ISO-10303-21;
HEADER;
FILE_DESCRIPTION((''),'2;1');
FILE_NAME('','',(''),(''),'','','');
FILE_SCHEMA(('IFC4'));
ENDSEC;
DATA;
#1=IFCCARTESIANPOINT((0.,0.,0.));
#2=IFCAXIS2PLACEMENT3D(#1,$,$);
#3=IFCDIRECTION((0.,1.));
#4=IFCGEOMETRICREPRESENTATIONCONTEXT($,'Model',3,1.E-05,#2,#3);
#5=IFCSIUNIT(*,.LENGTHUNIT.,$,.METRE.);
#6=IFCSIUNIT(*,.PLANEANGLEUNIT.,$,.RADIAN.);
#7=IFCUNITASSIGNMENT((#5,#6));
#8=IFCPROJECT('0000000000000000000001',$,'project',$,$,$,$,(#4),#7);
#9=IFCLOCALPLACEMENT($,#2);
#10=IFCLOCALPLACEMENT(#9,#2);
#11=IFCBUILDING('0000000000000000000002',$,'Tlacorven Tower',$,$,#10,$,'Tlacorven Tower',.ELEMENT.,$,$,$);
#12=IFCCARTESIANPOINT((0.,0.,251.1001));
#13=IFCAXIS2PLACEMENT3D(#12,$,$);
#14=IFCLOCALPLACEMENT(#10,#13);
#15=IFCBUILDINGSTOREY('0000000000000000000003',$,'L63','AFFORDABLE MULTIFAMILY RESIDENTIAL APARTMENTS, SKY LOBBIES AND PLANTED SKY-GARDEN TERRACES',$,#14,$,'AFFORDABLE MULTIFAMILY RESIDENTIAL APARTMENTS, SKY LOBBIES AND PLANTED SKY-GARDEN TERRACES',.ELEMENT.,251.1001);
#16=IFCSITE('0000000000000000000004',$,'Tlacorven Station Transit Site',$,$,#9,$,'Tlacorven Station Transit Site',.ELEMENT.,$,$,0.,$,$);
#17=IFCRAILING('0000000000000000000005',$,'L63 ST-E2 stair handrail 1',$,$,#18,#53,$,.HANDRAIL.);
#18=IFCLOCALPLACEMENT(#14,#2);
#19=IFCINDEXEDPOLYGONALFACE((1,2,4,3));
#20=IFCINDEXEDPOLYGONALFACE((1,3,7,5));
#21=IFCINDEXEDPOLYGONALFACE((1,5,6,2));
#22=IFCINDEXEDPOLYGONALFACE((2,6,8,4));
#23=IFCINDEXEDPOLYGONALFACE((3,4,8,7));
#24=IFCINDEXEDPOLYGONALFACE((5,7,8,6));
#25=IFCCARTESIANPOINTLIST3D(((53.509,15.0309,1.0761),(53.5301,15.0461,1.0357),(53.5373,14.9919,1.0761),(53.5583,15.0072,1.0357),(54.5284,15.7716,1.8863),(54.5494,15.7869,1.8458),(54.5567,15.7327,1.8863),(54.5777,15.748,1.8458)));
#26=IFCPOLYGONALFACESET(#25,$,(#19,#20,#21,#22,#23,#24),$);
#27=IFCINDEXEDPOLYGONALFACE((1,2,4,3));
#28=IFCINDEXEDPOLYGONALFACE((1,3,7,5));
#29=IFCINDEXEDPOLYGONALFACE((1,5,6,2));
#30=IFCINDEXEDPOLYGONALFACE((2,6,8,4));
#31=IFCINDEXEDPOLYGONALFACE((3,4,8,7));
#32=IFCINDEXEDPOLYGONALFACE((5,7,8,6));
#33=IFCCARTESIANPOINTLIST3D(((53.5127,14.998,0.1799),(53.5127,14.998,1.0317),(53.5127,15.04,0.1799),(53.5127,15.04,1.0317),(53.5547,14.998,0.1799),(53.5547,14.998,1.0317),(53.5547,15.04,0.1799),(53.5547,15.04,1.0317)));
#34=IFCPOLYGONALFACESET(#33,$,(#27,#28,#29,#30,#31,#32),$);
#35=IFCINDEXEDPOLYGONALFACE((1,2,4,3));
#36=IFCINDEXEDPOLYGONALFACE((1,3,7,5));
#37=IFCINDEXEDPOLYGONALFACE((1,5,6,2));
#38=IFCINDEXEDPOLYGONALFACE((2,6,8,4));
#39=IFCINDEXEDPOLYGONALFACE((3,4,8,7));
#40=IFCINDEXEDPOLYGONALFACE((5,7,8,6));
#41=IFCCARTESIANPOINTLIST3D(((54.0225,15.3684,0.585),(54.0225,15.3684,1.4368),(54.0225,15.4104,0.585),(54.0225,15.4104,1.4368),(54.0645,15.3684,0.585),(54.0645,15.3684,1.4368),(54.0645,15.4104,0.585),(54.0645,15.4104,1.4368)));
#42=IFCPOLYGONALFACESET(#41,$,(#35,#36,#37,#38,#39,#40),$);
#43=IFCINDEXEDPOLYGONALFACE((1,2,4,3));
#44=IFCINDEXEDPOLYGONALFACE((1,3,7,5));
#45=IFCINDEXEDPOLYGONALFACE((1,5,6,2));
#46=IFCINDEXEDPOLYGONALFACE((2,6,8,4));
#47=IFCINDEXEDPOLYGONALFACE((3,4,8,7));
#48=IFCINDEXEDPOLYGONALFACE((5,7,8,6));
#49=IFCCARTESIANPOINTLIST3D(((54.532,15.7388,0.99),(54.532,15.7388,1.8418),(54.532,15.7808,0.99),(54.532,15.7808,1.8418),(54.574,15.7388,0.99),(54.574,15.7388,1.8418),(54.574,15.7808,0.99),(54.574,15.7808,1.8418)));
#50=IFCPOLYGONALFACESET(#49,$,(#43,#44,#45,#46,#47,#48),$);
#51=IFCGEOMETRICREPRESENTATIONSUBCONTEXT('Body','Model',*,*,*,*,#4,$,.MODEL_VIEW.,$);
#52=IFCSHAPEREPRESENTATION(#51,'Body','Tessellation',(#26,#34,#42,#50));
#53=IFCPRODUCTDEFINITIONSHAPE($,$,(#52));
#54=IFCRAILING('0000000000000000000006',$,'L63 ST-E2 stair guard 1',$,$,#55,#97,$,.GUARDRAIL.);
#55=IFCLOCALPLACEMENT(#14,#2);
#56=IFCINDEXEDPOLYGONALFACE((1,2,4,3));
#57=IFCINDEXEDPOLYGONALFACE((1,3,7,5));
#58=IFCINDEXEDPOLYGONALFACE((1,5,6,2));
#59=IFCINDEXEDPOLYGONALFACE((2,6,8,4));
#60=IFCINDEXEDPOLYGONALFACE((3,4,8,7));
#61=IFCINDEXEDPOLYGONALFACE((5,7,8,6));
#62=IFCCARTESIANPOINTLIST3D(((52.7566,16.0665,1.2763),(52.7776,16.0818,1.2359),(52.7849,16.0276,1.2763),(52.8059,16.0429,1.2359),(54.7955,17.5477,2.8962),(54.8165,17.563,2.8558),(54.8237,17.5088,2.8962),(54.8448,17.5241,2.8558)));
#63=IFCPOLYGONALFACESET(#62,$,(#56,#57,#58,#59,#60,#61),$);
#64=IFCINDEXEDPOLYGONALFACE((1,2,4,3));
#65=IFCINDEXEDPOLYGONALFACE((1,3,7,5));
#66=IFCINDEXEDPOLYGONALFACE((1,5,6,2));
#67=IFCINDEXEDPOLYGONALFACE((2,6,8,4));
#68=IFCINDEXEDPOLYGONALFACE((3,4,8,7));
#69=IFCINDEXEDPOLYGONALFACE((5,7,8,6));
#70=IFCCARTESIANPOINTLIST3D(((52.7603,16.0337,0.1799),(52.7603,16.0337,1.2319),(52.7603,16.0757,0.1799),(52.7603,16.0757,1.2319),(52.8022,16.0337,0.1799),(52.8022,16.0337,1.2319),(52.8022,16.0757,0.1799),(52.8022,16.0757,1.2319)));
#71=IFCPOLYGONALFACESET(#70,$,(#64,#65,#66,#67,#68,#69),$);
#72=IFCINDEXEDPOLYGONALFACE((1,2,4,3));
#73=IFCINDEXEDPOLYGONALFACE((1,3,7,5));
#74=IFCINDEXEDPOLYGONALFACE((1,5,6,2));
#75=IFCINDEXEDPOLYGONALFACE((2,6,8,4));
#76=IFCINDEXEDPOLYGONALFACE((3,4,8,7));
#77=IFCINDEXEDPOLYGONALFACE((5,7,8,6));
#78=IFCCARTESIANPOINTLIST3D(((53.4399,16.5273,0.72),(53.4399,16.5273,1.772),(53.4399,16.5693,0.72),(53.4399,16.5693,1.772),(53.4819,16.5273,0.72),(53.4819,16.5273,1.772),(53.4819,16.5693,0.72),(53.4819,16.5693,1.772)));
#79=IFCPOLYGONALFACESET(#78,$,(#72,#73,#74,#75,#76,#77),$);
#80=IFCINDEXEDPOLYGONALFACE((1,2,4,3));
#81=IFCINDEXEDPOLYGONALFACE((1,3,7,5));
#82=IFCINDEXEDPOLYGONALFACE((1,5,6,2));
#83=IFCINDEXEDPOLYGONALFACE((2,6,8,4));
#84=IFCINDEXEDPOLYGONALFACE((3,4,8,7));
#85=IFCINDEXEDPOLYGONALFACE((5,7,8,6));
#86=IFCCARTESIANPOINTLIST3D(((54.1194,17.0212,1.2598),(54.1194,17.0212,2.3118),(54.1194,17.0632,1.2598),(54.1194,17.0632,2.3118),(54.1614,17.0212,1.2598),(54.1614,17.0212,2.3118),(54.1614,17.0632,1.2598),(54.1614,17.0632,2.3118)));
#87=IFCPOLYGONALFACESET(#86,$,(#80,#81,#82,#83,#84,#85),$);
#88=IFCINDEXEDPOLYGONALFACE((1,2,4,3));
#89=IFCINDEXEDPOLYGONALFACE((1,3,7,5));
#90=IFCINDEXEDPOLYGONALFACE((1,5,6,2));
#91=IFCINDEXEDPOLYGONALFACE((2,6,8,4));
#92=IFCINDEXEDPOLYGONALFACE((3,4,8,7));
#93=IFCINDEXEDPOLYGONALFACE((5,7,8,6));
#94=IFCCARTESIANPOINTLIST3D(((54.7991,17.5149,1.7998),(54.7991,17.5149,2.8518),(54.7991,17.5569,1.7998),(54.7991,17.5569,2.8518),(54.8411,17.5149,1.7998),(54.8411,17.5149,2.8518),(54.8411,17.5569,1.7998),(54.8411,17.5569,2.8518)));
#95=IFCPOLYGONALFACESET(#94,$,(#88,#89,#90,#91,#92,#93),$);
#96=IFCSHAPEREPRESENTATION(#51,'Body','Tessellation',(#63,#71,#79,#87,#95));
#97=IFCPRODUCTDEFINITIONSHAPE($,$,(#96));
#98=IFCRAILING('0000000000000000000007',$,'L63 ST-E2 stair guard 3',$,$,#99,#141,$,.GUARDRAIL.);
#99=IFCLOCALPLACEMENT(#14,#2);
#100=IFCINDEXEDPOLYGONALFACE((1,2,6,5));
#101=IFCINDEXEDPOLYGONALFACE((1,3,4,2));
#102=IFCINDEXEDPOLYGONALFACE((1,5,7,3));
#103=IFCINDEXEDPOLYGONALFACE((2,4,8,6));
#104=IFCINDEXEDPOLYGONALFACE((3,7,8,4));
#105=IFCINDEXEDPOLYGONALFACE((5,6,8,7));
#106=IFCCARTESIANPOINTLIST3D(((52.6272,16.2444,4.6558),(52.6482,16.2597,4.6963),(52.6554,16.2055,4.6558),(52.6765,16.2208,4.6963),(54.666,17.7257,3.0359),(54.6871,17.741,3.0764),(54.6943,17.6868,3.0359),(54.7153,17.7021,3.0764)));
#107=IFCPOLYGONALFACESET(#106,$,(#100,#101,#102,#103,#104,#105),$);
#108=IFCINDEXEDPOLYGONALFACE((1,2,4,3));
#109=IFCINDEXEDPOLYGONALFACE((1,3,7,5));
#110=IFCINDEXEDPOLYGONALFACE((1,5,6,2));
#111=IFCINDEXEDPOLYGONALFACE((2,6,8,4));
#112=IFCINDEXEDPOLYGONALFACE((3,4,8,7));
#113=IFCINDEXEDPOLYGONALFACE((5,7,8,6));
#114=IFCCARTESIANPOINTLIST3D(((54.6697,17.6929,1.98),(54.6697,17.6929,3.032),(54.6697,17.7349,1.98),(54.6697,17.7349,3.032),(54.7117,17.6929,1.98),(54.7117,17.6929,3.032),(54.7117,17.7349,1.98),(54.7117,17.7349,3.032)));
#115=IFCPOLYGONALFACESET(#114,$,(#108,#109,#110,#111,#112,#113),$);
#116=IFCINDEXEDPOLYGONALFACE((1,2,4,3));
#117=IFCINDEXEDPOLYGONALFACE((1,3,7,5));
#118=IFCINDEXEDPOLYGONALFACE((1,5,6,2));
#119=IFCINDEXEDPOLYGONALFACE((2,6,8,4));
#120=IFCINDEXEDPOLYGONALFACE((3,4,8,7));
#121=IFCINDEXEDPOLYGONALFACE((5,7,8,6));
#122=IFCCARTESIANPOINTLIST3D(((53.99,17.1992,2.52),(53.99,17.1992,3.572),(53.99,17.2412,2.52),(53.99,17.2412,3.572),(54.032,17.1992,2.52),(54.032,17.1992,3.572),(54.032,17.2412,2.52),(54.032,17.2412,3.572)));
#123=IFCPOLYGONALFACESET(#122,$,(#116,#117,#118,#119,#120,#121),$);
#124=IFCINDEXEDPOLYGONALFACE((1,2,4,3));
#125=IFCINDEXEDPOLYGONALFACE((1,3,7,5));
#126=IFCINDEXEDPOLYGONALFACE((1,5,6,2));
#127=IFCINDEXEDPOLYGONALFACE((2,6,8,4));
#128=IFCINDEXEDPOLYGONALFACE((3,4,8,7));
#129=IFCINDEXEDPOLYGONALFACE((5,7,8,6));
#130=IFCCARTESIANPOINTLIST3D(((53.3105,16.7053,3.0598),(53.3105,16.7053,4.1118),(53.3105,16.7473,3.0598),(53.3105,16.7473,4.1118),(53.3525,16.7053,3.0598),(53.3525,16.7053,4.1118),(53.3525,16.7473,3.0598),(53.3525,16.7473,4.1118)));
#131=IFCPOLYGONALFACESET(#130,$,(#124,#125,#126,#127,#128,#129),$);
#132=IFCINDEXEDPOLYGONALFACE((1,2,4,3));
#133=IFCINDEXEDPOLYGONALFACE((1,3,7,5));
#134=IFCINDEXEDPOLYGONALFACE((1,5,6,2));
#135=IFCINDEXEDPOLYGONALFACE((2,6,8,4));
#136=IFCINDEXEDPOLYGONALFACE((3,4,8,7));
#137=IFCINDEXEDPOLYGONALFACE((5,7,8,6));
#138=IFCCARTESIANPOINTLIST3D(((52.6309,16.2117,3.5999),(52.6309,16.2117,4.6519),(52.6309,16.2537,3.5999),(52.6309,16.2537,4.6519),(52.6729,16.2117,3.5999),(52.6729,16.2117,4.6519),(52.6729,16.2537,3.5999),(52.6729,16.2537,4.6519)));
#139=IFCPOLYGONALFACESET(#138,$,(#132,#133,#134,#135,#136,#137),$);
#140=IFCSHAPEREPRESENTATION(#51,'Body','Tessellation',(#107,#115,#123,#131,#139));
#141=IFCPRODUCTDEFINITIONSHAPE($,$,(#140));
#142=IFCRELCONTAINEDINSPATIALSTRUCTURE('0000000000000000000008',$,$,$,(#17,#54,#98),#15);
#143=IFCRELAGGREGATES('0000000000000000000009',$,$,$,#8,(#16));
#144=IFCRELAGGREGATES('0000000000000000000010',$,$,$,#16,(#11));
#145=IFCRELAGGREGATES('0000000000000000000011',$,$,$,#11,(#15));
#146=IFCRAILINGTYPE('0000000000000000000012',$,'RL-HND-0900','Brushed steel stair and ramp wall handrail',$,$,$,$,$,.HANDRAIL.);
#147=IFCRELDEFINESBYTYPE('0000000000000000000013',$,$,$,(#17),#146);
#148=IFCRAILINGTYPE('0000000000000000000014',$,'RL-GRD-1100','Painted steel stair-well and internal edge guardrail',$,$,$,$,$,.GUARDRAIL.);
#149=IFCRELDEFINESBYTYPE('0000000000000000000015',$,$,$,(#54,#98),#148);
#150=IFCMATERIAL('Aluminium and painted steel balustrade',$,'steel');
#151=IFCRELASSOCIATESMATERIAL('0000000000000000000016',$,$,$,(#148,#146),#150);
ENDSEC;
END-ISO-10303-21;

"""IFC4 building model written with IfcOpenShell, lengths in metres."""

from ifc_helpers import new_model, si_unit, direction, frame, origin, origin_2d, place, context, subcontext, project, spatial, rectangle, extrude, source, transform, mapped, material, type_object, element, save


model = new_model("IFC4")

# Units and contexts
model_context = context("Model", 3, precision=1e-05, world=origin(), true_north=direction((0.0, 1.0)))
body_context = subcontext(model_context, "Body", "Model", "MODEL_VIEW")
ifc_project = project(units=[si_unit("LENGTHUNIT", "METRE"), si_unit("PLANEANGLEUNIT", "RADIAN")], contexts=[model_context])

# Site, building, storey
site_placement = place(None, origin())
site = spatial("IfcSite", under=ifc_project, at=site_placement, Name="Tlacorven Station Transit Site", LongName="Tlacorven Station Transit Site", CompositionType="ELEMENT", RefElevation=0.0)
building_placement = place(site_placement, origin())
building = spatial("IfcBuilding", under=site, at=building_placement, Name="Tlacorven Tower", LongName="Tlacorven Tower", CompositionType="ELEMENT")
storey_placement = place(building_placement, frame((0.0, 0.0, 251.1001)))
storey = spatial("IfcBuildingStorey", under=building, at=storey_placement, Name="L63", Description="AFFORDABLE MULTIFAMILY RESIDENTIAL APARTMENTS, SKY LOBBIES AND PLANTED SKY-GARDEN TERRACES", LongName="AFFORDABLE MULTIFAMILY RESIDENTIAL APARTMENTS, SKY LOBBIES AND PLANTED SKY-GARDEN TERRACES", CompositionType="ELEMENT", Elevation=251.1001)

# Railings
ifc_material_1 = material(Name="Aluminium and painted steel balustrade", Category="steel")
railing_type_1 = type_object("IfcRailingType", Name="RL-GRD-1100", Description="Painted steel stair-well and internal edge guardrail", PredefinedType="GUARDRAIL", material=ifc_material_1)
railing_type_2 = type_object("IfcRailingType", Name="RL-HND-0900", Description="Brushed steel stair and ramp wall handrail", PredefinedType="HANDRAIL", material=ifc_material_1)
shared_shape_1 = source(origin(), body_context, "Body", "SweptSolid", [
    extrude(rectangle(XDim=0.0481, YDim=0.0481, at=origin_2d()), frame((0.0, 0.0, 0.876), z_axis=(0.680461, 0.494496, 0.540783), x_axis=(-0.587872, 0.808954, 0.0)), (0.0, 0.0, 1.0), 1.498),
    extrude(rectangle(XDim=0.042, YDim=0.042, at=origin_2d()), origin(), (0.0, 0.0, 1.0), 0.8518),
    extrude(rectangle(XDim=0.042, YDim=0.042, at=origin_2d()), frame((0.5098, 0.3704, 0.405)), (0.0, 0.0, 1.0), 0.8518),
    extrude(rectangle(XDim=0.042, YDim=0.042, at=origin_2d()), frame((1.0193, 0.7407, 0.8101)), (0.0, 0.0, 1.0), 0.8518),
])
railing_1_placement = place(storey_placement, frame((53.5337, 15.019, 0.1799)))
element("IfcRailing", 1, at=railing_1_placement, inside=storey, type_object=railing_type_2, Name="L63 ST-E2 stair handrail 1", PredefinedType="HANDRAIL", context=body_context, shape_type="MappedRepresentation", body=[
    mapped(shared_shape_1, transform((0.0, 0.0, 0.0), scale=1.0)),
])
shared_shape_2 = source(origin(), body_context, "Body", "SweptSolid", [
    extrude(rectangle(XDim=0.0481, YDim=0.0481, at=origin_2d()), frame((0.0, 0.0, 1.0762), z_axis=(0.680562, 0.494428, 0.540717), x_axis=(-0.587763, 0.809033, 0.0)), (0.0, 0.0, 1.0), 2.9958),
    extrude(rectangle(XDim=0.042, YDim=0.042, at=origin_2d()), origin(), (0.0, 0.0, 1.0), 1.052),
    extrude(rectangle(XDim=0.042, YDim=0.042, at=origin_2d()), frame((0.6797, 0.4937, 0.54)), (0.0, 0.0, 1.0), 1.052),
    extrude(rectangle(XDim=0.042, YDim=0.042, at=origin_2d()), frame((1.3591, 0.9875, 1.0798)), (0.0, 0.0, 1.0), 1.052),
    extrude(rectangle(XDim=0.042, YDim=0.042, at=origin_2d()), frame((2.0388, 1.4812, 1.6199)), (0.0, 0.0, 1.0), 1.052),
])
railing_2_placement = place(storey_placement, frame((52.7812, 16.0547, 0.1799)))
element("IfcRailing", 2, at=railing_2_placement, inside=storey, type_object=railing_type_1, Name="L63 ST-E2 stair guard 1", PredefinedType="GUARDRAIL", context=body_context, shape_type="MappedRepresentation", body=[
    mapped(shared_shape_2, transform((0.0, 0.0, 0.0), scale=1.0)),
])
shared_shape_3 = source(origin(), body_context, "Body", "SweptSolid", [
    extrude(rectangle(XDim=0.0481, YDim=0.0481, at=origin_2d()), frame((0.0, 0.0, 1.0762), z_axis=(-0.680562, -0.494428, 0.540717), x_axis=(0.587763, -0.809033, 0.0)), (0.0, 0.0, 1.0), 2.9958),
    extrude(rectangle(XDim=0.042, YDim=0.042, at=origin_2d()), origin(), (0.0, 0.0, 1.0), 1.052),
    extrude(rectangle(XDim=0.042, YDim=0.042, at=origin_2d()), frame((-0.6797, -0.4937, 0.54)), (0.0, 0.0, 1.0), 1.052),
    extrude(rectangle(XDim=0.042, YDim=0.042, at=origin_2d()), frame((-1.3591, -0.9875, 1.0798)), (0.0, 0.0, 1.0), 1.052),
    extrude(rectangle(XDim=0.042, YDim=0.042, at=origin_2d()), frame((-2.0388, -1.4812, 1.6199)), (0.0, 0.0, 1.0), 1.052),
])
railing_3_placement = place(storey_placement, frame((54.6907, 17.7139, 1.98)))
element("IfcRailing", 3, at=railing_3_placement, inside=storey, type_object=railing_type_1, Name="L63 ST-E2 stair guard 3", PredefinedType="GUARDRAIL", context=body_context, shape_type="MappedRepresentation", body=[
    mapped(shared_shape_3, transform((0.0, 0.0, 0.0), scale=1.0)),
])

save(model, "model.ifc")
